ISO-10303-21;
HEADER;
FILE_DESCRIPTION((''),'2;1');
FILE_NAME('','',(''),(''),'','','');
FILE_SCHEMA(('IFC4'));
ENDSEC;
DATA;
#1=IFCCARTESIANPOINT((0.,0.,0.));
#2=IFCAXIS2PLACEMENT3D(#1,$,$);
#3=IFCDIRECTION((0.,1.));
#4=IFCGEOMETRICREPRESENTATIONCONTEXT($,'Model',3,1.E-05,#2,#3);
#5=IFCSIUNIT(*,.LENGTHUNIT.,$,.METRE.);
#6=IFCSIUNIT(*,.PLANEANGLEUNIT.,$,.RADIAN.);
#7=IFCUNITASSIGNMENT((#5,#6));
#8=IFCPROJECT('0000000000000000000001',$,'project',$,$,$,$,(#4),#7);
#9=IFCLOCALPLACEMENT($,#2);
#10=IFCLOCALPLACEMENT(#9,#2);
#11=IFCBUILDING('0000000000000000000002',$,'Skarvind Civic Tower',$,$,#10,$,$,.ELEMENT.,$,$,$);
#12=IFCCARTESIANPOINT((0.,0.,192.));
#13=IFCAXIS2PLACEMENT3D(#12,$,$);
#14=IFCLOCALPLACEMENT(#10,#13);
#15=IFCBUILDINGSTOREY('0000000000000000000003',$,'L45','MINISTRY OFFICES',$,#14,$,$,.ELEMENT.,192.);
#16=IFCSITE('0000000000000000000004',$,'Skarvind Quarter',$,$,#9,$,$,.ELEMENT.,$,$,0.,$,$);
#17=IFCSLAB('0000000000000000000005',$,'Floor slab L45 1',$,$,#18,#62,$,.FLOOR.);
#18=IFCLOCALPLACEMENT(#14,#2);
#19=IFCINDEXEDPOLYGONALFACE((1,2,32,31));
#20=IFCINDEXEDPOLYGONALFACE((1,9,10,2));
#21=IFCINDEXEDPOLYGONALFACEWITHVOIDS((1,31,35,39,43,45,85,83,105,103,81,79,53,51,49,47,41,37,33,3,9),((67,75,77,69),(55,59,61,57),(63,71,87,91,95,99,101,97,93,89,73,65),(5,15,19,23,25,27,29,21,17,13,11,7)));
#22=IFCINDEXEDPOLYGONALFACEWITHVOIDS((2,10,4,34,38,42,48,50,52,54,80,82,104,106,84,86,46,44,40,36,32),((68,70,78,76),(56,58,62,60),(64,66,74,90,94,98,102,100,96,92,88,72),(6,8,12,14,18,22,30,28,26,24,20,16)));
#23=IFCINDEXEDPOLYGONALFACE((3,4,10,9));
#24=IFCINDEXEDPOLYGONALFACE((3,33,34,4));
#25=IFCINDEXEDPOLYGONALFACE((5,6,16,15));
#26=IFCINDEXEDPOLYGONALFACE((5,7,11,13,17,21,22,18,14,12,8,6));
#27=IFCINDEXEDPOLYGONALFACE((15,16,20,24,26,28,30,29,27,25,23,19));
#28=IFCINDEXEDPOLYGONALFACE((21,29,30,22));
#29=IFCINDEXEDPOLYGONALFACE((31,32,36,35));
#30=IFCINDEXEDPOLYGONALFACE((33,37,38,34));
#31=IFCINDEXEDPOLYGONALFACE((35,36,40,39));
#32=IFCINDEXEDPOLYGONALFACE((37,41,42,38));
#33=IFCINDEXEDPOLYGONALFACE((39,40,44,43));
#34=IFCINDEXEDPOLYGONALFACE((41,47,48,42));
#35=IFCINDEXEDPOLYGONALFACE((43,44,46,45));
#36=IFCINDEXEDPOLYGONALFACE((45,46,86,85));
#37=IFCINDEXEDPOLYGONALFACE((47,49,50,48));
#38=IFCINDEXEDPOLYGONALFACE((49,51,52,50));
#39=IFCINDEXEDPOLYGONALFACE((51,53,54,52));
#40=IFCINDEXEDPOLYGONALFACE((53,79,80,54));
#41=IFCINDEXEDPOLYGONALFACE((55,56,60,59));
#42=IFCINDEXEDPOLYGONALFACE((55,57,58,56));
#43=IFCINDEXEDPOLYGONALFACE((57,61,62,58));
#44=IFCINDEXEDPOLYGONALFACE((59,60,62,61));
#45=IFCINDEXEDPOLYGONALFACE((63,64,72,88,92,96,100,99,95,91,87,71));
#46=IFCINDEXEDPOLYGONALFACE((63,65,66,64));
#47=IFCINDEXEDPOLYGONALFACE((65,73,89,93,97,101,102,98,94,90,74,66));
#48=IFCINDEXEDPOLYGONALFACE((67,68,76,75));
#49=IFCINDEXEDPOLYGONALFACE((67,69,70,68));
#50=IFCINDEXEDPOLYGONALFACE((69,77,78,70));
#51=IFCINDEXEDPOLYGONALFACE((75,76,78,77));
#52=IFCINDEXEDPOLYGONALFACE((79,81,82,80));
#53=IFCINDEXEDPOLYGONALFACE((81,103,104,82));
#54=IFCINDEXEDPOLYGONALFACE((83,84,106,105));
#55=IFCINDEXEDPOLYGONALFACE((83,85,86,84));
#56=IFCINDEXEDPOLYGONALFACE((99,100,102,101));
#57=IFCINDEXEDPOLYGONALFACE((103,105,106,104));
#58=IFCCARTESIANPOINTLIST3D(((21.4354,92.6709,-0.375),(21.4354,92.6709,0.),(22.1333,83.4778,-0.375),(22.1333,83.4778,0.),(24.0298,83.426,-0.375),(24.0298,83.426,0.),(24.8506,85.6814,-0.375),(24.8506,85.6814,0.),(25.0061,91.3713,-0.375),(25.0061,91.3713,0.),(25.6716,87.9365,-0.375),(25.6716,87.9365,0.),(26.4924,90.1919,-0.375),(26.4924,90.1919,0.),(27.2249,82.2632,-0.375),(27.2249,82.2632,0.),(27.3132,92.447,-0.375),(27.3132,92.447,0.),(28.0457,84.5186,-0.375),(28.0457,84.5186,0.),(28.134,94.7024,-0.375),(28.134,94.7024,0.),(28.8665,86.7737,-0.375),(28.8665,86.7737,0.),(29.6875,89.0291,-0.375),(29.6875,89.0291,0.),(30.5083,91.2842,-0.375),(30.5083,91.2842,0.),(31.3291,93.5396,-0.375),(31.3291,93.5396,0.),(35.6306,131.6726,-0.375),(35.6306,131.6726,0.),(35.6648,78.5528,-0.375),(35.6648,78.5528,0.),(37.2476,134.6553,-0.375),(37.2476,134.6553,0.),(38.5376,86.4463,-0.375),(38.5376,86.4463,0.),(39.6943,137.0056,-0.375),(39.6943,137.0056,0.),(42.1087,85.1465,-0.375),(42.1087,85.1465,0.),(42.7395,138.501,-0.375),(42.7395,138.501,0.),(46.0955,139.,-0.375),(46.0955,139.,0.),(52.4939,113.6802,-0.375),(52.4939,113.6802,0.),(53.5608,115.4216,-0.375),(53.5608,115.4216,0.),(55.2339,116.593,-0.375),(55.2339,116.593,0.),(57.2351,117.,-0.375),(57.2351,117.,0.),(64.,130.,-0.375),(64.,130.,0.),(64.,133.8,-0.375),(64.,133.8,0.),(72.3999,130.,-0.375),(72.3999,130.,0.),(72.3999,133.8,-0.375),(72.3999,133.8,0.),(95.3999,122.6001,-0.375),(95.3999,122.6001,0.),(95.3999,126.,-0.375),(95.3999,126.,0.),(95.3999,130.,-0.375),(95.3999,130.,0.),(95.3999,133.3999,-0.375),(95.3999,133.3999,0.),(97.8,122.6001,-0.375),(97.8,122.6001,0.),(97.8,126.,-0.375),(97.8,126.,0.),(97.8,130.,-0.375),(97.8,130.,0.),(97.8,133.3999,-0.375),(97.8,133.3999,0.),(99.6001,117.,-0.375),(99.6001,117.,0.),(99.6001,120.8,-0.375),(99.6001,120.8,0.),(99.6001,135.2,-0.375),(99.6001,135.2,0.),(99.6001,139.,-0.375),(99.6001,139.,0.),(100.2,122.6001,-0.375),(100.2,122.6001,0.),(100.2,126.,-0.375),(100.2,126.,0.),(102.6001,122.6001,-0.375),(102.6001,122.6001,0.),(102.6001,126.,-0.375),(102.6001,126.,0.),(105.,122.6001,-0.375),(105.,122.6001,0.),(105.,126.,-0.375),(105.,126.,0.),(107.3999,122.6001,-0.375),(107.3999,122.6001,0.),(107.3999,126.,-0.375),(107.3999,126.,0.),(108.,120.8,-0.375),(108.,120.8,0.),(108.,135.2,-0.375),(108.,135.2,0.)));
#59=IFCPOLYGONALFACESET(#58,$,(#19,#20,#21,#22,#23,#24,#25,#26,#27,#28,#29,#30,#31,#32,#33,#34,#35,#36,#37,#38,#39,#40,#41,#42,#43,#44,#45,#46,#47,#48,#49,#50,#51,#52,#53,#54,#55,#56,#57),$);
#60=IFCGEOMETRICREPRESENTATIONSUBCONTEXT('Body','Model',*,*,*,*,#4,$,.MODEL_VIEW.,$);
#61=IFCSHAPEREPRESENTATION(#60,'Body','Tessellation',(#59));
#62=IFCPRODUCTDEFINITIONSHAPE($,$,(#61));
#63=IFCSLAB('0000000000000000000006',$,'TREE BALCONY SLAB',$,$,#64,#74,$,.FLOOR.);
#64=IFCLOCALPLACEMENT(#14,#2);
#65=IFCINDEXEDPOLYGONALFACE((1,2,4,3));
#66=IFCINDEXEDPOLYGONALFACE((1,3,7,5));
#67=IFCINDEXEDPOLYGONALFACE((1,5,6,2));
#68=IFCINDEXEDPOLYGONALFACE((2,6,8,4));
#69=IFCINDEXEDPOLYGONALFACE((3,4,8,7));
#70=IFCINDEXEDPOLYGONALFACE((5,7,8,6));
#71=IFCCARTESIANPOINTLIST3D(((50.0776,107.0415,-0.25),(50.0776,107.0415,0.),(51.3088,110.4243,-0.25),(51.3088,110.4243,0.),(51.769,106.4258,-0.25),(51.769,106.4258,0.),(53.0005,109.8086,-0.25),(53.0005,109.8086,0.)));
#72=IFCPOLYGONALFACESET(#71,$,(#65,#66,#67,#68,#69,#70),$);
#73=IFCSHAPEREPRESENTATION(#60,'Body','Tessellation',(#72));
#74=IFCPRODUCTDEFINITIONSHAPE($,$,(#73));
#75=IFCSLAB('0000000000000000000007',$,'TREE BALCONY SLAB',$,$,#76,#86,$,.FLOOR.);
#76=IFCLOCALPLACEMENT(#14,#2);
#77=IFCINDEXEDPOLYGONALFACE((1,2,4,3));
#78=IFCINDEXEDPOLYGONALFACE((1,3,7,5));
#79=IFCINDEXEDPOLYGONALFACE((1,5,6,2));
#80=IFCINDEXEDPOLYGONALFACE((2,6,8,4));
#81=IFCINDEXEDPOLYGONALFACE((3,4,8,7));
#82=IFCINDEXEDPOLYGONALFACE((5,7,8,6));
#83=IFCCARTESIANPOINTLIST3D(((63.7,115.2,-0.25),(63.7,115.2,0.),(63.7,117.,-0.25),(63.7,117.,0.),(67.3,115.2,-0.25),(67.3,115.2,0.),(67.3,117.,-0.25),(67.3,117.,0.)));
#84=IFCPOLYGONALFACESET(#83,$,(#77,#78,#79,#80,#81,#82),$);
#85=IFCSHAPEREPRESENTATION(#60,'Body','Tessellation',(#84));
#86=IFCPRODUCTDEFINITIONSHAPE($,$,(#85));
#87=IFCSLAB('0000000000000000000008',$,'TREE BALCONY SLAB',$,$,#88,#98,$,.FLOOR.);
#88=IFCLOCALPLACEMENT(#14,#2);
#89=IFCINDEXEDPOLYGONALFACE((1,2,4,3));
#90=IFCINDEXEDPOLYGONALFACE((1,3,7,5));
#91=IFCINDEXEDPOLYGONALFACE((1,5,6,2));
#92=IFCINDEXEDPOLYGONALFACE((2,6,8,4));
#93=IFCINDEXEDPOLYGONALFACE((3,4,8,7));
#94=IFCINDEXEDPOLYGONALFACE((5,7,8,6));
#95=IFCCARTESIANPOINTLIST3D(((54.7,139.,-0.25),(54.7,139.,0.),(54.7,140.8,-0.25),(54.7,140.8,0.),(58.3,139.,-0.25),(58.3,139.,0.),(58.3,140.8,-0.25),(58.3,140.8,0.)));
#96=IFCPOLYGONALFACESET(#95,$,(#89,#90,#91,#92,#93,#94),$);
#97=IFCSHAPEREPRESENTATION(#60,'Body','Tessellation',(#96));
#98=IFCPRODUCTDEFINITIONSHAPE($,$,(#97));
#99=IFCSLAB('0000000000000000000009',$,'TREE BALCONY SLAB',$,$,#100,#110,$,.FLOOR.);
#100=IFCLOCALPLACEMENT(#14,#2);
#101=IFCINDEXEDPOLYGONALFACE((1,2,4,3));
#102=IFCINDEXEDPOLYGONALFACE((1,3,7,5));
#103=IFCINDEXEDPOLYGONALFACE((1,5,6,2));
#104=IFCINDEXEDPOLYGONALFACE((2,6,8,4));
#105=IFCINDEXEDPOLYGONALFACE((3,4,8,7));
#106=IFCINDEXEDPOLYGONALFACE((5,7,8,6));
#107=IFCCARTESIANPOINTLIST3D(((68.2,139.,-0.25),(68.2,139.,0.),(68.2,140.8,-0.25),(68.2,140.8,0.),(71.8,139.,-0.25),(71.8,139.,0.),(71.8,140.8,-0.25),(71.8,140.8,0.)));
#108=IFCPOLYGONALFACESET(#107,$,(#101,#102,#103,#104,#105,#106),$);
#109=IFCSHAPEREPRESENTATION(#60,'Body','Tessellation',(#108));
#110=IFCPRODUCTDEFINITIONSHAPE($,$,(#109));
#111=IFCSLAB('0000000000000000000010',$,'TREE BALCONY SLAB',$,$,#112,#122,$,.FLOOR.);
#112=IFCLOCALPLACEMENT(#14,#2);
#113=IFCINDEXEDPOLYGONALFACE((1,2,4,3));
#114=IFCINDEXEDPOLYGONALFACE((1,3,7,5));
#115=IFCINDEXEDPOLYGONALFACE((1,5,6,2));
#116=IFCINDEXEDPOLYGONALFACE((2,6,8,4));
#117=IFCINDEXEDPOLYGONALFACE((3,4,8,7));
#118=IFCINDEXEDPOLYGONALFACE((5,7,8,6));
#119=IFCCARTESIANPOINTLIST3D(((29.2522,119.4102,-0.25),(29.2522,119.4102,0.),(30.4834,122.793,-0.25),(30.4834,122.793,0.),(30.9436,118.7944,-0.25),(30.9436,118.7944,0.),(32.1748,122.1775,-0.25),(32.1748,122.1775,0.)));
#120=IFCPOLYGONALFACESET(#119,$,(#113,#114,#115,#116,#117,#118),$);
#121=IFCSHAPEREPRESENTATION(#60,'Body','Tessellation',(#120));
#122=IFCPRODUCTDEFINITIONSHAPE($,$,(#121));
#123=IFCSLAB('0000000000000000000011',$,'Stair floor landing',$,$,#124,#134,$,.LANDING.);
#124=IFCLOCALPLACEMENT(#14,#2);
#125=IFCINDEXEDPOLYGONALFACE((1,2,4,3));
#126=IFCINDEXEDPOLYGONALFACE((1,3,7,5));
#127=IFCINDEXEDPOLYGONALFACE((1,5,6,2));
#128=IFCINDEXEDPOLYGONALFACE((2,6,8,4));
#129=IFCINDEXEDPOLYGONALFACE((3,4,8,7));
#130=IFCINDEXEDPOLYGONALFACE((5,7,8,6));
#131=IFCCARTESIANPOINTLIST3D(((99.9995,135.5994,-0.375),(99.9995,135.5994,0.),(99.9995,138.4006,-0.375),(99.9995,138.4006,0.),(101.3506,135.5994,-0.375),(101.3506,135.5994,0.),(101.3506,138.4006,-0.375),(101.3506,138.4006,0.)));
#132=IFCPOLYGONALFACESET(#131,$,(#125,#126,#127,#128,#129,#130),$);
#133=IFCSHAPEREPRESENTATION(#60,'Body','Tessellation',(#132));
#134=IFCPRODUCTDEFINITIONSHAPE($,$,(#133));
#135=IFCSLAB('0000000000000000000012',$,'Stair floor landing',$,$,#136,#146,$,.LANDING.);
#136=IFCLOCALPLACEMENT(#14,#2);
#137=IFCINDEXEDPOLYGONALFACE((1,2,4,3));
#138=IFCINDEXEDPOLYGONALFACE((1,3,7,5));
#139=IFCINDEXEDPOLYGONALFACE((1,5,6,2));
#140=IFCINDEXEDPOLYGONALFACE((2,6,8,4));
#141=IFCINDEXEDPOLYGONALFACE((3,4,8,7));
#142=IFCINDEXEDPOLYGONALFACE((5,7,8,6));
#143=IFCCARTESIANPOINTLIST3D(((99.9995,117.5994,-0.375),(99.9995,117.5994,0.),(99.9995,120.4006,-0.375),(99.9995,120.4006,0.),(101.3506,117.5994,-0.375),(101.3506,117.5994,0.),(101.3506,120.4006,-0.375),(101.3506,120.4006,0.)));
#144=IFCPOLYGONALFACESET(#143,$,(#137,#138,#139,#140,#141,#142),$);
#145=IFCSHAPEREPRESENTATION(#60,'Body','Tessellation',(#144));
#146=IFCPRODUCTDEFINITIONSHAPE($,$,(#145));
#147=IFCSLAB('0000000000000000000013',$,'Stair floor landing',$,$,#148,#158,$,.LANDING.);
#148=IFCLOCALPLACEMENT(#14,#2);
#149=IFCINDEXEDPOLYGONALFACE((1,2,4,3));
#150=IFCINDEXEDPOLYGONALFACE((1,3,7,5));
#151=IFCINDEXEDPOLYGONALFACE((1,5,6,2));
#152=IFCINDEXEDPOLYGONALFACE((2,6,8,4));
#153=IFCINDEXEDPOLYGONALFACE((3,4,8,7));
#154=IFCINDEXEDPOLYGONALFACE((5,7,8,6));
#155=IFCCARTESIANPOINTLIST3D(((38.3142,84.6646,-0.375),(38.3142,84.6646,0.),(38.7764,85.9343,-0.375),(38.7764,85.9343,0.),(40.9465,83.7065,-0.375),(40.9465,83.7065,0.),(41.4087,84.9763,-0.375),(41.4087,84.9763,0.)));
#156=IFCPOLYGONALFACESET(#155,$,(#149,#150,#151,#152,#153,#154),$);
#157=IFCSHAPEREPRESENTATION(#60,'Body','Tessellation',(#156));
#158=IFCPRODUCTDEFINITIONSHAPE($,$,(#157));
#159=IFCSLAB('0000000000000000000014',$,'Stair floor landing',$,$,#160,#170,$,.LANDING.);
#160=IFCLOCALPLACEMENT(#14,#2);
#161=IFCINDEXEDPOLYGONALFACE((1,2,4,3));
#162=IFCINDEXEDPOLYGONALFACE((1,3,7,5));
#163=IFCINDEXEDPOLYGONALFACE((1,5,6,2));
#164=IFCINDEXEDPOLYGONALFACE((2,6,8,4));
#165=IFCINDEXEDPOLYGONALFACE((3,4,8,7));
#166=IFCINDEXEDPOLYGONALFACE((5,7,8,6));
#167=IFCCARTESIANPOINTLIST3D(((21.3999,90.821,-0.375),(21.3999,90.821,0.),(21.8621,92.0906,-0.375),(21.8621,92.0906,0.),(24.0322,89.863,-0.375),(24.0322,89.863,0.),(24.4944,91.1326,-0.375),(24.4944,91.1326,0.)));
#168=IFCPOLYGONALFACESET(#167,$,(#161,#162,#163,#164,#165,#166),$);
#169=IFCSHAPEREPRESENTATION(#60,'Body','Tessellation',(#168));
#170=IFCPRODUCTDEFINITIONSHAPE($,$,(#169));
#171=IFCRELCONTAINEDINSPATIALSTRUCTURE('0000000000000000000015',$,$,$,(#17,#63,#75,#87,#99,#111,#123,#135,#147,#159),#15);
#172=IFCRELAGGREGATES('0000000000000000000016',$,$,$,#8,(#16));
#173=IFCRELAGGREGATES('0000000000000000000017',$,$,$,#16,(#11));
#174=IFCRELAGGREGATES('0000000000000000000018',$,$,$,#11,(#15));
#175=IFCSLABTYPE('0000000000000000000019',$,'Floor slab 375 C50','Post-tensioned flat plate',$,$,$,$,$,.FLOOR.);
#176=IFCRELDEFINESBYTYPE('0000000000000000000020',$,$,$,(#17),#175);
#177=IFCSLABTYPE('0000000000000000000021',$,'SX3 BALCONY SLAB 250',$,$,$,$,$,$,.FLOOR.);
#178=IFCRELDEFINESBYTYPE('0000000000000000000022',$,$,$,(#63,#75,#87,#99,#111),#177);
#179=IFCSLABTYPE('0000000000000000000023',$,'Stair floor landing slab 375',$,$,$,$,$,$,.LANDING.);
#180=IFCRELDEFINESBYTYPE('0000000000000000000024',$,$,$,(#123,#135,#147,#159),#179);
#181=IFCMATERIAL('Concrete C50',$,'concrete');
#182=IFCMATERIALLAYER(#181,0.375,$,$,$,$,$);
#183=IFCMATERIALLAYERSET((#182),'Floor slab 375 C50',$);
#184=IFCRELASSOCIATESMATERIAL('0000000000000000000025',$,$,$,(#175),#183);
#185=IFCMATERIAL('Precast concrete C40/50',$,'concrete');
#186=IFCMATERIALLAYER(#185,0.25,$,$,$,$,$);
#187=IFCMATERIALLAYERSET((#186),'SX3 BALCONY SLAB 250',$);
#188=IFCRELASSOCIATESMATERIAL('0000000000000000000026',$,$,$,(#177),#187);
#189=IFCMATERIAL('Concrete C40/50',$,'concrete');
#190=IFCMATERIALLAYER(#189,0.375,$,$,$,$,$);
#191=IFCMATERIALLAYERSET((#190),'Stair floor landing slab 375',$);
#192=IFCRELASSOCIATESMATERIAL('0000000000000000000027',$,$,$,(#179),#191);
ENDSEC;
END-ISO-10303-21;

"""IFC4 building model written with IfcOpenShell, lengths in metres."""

from ifc_helpers import new_model, si_unit, direction, frame, origin, place, context, subcontext, project, spatial, polyline, outline, extrude, material, layer, layer_set, type_object, element, save


model = new_model("IFC4")

# Units and contexts
model_context = context("Model", 3, precision=1e-05, world=origin(), true_north=direction((0.0, 1.0)))
body_context = subcontext(model_context, "Body", "Model", "MODEL_VIEW")
ifc_project = project(units=[si_unit("LENGTHUNIT", "METRE"), si_unit("PLANEANGLEUNIT", "RADIAN")], contexts=[model_context])

# Site, building, storey
site_placement = place(None, origin())
site = spatial("IfcSite", under=ifc_project, at=site_placement, Name="Skarvind Quarter", CompositionType="ELEMENT", RefElevation=0.0)
building_placement = place(site_placement, origin())
building = spatial("IfcBuilding", under=site, at=building_placement, Name="Skarvind Civic Tower", CompositionType="ELEMENT")
storey_placement = place(building_placement, frame((0.0, 0.0, 192.0)))
storey = spatial("IfcBuildingStorey", under=building, at=storey_placement, Name="L45", Description="MINISTRY OFFICES", CompositionType="ELEMENT", Elevation=192.0)

# Slabs
ifc_material_1 = material(Name="Concrete C50", Category="concrete")
ifc_layer_1 = layer(ifc_material_1, 0.375)
ifc_layer_set_1 = layer_set([ifc_layer_1], Name="Floor slab 375 C50")
slab_type_1 = type_object("IfcSlabType", Name="Floor slab 375 C50", Description="Post-tensioned flat plate", PredefinedType="FLOOR", material=ifc_layer_set_1)
slab_1_placement = place(storey_placement, frame((0.0, 0.0, -0.375)))
element("IfcSlab", 1, at=slab_1_placement, inside=storey, type_object=slab_type_1, Name="Floor slab L45 1", PredefinedType="FLOOR", context=body_context, shape_type="SweptSolid", body=[
    extrude(outline(polyline([(99.6001, 117.0), (99.6001, 120.8), (108.0, 120.8), (108.0, 135.2), (99.6001, 135.2), (99.6001, 139.0), (46.0955, 139.0), (42.7395, 138.501), (39.6943, 137.0056), (37.2476, 134.6553), (35.6306, 131.6726), (19.4175, 87.1267), (21.4353, 92.6709), (25.0061, 91.3713), (22.1333, 83.4778), (36.8865, 78.1082), (35.6648, 78.5527), (38.5376, 86.4463), (42.1086, 85.1465), (40.0908, 79.6023), (40.0908, 79.6023), (52.4939, 113.6802), (53.5608, 115.4216), (55.2339, 116.593), (57.2351, 117.0), (99.6001, 117.0)]), holes=[polyline([(25.6716, 87.9365), (26.4924, 90.1919), (27.3132, 92.447), (28.134, 94.7024), (31.3291, 93.5396), (30.5083, 91.2842), (29.6875, 89.0291), (28.8665, 86.7737), (28.8665, 86.7737), (28.0457, 84.5186), (27.2249, 82.2632), (24.0298, 83.426), (24.8506, 85.6814), (25.6716, 87.9365), (25.6716, 87.9365)]), polyline([(64.0, 130.0), (64.0, 133.8), (72.3999, 133.8), (72.3999, 130.0), (64.0, 130.0)]), polyline([(97.8, 126.0), (100.2, 126.0), (102.6001, 126.0), (105.0, 126.0), (107.3999, 126.0), (107.3999, 122.6001), (105.0, 122.6001), (102.6001, 122.6001), (100.2, 122.6001), (97.8, 122.6001), (95.3999, 122.6001), (95.3999, 126.0), (97.8, 126.0)]), polyline([(97.8, 133.3999), (97.8, 130.0), (95.3999, 130.0), (95.3999, 133.3999), (97.8, 133.3999)])]), origin(), (0.0, 0.0, 1.0), 0.375),
])
ifc_material_2 = material(Name="Precast concrete C40/50", Category="concrete")
ifc_layer_2 = layer(ifc_material_2, 0.25)
ifc_layer_set_2 = layer_set([ifc_layer_2], Name="SX3 BALCONY SLAB 250")
slab_type_2 = type_object("IfcSlabType", Name="SX3 BALCONY SLAB 250", PredefinedType="FLOOR", material=ifc_layer_set_2)
slab_2_placement = place(storey_placement, frame((0.0, 0.0, -0.25)))
element("IfcSlab", 2, at=slab_2_placement, inside=storey, type_object=slab_type_2, Name="TREE BALCONY SLAB", PredefinedType="FLOOR", context=body_context, shape_type="SweptSolid", body=[
    extrude(outline(polyline([(51.3088, 110.4243), (50.0776, 107.0415), (51.769, 106.4258), (53.0005, 109.8086), (51.3088, 110.4243)])), origin(), (0.0, 0.0, 1.0), 0.25),
])
slab_3_placement = place(storey_placement, frame((0.0, 0.0, -0.25)))
element("IfcSlab", 3, at=slab_3_placement, inside=storey, type_object=slab_type_2, Name="TREE BALCONY SLAB", PredefinedType="FLOOR", context=body_context, shape_type="SweptSolid", body=[
    extrude(outline(polyline([(67.3, 117.0), (63.7, 117.0), (63.7, 115.2), (67.3, 115.2), (67.3, 117.0)])), origin(), (0.0, 0.0, 1.0), 0.25),
])
slab_4_placement = place(storey_placement, frame((0.0, 0.0, -0.25)))
element("IfcSlab", 4, at=slab_4_placement, inside=storey, type_object=slab_type_2, Name="TREE BALCONY SLAB", PredefinedType="FLOOR", context=body_context, shape_type="SweptSolid", body=[
    extrude(outline(polyline([(54.7, 139.0), (58.3, 139.0), (58.3, 140.8), (54.7, 140.8), (54.7, 139.0)])), origin(), (0.0, 0.0, 1.0), 0.25),
])
slab_5_placement = place(storey_placement, frame((0.0, 0.0, -0.25)))
element("IfcSlab", 5, at=slab_5_placement, inside=storey, type_object=slab_type_2, Name="TREE BALCONY SLAB", PredefinedType="FLOOR", context=body_context, shape_type="SweptSolid", body=[
    extrude(outline(polyline([(68.2, 139.0), (71.8, 139.0), (71.8, 140.8), (68.2, 140.8), (68.2, 139.0)])), origin(), (0.0, 0.0, 1.0), 0.25),
])
slab_6_placement = place(storey_placement, frame((0.0, 0.0, -0.25)))
element("IfcSlab", 6, at=slab_6_placement, inside=storey, type_object=slab_type_2, Name="TREE BALCONY SLAB", PredefinedType="FLOOR", context=body_context, shape_type="SweptSolid", body=[
    extrude(outline(polyline([(30.9436, 118.7944), (32.1748, 122.1775), (30.4834, 122.793), (29.2522, 119.4102), (30.9436, 118.7944)])), origin(), (0.0, 0.0, 1.0), 0.25),
])
ifc_material_3 = material(Name="Concrete C40/50", Category="concrete")
ifc_layer_3 = layer(ifc_material_3, 0.375)
ifc_layer_set_3 = layer_set([ifc_layer_3], Name="Stair floor landing slab 375")
slab_type_3 = type_object("IfcSlabType", Name="Stair floor landing slab 375", PredefinedType="LANDING", material=ifc_layer_set_3)
slab_7_placement = place(storey_placement, frame((0.0, 0.0, -0.375)))
element("IfcSlab", 7, at=slab_7_placement, inside=storey, type_object=slab_type_3, Name="Stair floor landing", PredefinedType="LANDING", context=body_context, shape_type="SweptSolid", body=[
    extrude(outline(polyline([(101.3506, 138.4006), (101.3506, 135.5994), (99.9995, 135.5994), (99.9995, 138.4006), (101.3506, 138.4006)])), origin(), (0.0, 0.0, 1.0), 0.375),
])
slab_8_placement = place(storey_placement, frame((0.0, 0.0, -0.375)))
element("IfcSlab", 8, at=slab_8_placement, inside=storey, type_object=slab_type_3, Name="Stair floor landing", PredefinedType="LANDING", context=body_context, shape_type="SweptSolid", body=[
    extrude(outline(polyline([(101.3506, 120.4006), (101.3506, 117.5994), (99.9995, 117.5994), (99.9995, 120.4006), (101.3506, 120.4006)])), origin(), (0.0, 0.0, 1.0), 0.375),
])
slab_9_placement = place(storey_placement, frame((0.0, 0.0, -0.375)))
element("IfcSlab", 9, at=slab_9_placement, inside=storey, type_object=slab_type_3, Name="Stair floor landing", PredefinedType="LANDING", context=body_context, shape_type="SweptSolid", body=[
    extrude(outline(polyline([(40.9465, 83.7065), (38.3142, 84.6646), (38.7764, 85.9343), (41.4087, 84.9763), (40.9465, 83.7065)])), origin(), (0.0, 0.0, 1.0), 0.375),
])
slab_10_placement = place(storey_placement, frame((0.0, 0.0, -0.375)))
element("IfcSlab", 10, at=slab_10_placement, inside=storey, type_object=slab_type_3, Name="Stair floor landing", PredefinedType="LANDING", context=body_context, shape_type="SweptSolid", body=[
    extrude(outline(polyline([(24.0322, 89.863), (21.3999, 90.821), (21.8621, 92.0906), (24.4944, 91.1326), (24.0322, 89.863)])), origin(), (0.0, 0.0, 1.0), 0.375),
])

save(model, "model.ifc")
